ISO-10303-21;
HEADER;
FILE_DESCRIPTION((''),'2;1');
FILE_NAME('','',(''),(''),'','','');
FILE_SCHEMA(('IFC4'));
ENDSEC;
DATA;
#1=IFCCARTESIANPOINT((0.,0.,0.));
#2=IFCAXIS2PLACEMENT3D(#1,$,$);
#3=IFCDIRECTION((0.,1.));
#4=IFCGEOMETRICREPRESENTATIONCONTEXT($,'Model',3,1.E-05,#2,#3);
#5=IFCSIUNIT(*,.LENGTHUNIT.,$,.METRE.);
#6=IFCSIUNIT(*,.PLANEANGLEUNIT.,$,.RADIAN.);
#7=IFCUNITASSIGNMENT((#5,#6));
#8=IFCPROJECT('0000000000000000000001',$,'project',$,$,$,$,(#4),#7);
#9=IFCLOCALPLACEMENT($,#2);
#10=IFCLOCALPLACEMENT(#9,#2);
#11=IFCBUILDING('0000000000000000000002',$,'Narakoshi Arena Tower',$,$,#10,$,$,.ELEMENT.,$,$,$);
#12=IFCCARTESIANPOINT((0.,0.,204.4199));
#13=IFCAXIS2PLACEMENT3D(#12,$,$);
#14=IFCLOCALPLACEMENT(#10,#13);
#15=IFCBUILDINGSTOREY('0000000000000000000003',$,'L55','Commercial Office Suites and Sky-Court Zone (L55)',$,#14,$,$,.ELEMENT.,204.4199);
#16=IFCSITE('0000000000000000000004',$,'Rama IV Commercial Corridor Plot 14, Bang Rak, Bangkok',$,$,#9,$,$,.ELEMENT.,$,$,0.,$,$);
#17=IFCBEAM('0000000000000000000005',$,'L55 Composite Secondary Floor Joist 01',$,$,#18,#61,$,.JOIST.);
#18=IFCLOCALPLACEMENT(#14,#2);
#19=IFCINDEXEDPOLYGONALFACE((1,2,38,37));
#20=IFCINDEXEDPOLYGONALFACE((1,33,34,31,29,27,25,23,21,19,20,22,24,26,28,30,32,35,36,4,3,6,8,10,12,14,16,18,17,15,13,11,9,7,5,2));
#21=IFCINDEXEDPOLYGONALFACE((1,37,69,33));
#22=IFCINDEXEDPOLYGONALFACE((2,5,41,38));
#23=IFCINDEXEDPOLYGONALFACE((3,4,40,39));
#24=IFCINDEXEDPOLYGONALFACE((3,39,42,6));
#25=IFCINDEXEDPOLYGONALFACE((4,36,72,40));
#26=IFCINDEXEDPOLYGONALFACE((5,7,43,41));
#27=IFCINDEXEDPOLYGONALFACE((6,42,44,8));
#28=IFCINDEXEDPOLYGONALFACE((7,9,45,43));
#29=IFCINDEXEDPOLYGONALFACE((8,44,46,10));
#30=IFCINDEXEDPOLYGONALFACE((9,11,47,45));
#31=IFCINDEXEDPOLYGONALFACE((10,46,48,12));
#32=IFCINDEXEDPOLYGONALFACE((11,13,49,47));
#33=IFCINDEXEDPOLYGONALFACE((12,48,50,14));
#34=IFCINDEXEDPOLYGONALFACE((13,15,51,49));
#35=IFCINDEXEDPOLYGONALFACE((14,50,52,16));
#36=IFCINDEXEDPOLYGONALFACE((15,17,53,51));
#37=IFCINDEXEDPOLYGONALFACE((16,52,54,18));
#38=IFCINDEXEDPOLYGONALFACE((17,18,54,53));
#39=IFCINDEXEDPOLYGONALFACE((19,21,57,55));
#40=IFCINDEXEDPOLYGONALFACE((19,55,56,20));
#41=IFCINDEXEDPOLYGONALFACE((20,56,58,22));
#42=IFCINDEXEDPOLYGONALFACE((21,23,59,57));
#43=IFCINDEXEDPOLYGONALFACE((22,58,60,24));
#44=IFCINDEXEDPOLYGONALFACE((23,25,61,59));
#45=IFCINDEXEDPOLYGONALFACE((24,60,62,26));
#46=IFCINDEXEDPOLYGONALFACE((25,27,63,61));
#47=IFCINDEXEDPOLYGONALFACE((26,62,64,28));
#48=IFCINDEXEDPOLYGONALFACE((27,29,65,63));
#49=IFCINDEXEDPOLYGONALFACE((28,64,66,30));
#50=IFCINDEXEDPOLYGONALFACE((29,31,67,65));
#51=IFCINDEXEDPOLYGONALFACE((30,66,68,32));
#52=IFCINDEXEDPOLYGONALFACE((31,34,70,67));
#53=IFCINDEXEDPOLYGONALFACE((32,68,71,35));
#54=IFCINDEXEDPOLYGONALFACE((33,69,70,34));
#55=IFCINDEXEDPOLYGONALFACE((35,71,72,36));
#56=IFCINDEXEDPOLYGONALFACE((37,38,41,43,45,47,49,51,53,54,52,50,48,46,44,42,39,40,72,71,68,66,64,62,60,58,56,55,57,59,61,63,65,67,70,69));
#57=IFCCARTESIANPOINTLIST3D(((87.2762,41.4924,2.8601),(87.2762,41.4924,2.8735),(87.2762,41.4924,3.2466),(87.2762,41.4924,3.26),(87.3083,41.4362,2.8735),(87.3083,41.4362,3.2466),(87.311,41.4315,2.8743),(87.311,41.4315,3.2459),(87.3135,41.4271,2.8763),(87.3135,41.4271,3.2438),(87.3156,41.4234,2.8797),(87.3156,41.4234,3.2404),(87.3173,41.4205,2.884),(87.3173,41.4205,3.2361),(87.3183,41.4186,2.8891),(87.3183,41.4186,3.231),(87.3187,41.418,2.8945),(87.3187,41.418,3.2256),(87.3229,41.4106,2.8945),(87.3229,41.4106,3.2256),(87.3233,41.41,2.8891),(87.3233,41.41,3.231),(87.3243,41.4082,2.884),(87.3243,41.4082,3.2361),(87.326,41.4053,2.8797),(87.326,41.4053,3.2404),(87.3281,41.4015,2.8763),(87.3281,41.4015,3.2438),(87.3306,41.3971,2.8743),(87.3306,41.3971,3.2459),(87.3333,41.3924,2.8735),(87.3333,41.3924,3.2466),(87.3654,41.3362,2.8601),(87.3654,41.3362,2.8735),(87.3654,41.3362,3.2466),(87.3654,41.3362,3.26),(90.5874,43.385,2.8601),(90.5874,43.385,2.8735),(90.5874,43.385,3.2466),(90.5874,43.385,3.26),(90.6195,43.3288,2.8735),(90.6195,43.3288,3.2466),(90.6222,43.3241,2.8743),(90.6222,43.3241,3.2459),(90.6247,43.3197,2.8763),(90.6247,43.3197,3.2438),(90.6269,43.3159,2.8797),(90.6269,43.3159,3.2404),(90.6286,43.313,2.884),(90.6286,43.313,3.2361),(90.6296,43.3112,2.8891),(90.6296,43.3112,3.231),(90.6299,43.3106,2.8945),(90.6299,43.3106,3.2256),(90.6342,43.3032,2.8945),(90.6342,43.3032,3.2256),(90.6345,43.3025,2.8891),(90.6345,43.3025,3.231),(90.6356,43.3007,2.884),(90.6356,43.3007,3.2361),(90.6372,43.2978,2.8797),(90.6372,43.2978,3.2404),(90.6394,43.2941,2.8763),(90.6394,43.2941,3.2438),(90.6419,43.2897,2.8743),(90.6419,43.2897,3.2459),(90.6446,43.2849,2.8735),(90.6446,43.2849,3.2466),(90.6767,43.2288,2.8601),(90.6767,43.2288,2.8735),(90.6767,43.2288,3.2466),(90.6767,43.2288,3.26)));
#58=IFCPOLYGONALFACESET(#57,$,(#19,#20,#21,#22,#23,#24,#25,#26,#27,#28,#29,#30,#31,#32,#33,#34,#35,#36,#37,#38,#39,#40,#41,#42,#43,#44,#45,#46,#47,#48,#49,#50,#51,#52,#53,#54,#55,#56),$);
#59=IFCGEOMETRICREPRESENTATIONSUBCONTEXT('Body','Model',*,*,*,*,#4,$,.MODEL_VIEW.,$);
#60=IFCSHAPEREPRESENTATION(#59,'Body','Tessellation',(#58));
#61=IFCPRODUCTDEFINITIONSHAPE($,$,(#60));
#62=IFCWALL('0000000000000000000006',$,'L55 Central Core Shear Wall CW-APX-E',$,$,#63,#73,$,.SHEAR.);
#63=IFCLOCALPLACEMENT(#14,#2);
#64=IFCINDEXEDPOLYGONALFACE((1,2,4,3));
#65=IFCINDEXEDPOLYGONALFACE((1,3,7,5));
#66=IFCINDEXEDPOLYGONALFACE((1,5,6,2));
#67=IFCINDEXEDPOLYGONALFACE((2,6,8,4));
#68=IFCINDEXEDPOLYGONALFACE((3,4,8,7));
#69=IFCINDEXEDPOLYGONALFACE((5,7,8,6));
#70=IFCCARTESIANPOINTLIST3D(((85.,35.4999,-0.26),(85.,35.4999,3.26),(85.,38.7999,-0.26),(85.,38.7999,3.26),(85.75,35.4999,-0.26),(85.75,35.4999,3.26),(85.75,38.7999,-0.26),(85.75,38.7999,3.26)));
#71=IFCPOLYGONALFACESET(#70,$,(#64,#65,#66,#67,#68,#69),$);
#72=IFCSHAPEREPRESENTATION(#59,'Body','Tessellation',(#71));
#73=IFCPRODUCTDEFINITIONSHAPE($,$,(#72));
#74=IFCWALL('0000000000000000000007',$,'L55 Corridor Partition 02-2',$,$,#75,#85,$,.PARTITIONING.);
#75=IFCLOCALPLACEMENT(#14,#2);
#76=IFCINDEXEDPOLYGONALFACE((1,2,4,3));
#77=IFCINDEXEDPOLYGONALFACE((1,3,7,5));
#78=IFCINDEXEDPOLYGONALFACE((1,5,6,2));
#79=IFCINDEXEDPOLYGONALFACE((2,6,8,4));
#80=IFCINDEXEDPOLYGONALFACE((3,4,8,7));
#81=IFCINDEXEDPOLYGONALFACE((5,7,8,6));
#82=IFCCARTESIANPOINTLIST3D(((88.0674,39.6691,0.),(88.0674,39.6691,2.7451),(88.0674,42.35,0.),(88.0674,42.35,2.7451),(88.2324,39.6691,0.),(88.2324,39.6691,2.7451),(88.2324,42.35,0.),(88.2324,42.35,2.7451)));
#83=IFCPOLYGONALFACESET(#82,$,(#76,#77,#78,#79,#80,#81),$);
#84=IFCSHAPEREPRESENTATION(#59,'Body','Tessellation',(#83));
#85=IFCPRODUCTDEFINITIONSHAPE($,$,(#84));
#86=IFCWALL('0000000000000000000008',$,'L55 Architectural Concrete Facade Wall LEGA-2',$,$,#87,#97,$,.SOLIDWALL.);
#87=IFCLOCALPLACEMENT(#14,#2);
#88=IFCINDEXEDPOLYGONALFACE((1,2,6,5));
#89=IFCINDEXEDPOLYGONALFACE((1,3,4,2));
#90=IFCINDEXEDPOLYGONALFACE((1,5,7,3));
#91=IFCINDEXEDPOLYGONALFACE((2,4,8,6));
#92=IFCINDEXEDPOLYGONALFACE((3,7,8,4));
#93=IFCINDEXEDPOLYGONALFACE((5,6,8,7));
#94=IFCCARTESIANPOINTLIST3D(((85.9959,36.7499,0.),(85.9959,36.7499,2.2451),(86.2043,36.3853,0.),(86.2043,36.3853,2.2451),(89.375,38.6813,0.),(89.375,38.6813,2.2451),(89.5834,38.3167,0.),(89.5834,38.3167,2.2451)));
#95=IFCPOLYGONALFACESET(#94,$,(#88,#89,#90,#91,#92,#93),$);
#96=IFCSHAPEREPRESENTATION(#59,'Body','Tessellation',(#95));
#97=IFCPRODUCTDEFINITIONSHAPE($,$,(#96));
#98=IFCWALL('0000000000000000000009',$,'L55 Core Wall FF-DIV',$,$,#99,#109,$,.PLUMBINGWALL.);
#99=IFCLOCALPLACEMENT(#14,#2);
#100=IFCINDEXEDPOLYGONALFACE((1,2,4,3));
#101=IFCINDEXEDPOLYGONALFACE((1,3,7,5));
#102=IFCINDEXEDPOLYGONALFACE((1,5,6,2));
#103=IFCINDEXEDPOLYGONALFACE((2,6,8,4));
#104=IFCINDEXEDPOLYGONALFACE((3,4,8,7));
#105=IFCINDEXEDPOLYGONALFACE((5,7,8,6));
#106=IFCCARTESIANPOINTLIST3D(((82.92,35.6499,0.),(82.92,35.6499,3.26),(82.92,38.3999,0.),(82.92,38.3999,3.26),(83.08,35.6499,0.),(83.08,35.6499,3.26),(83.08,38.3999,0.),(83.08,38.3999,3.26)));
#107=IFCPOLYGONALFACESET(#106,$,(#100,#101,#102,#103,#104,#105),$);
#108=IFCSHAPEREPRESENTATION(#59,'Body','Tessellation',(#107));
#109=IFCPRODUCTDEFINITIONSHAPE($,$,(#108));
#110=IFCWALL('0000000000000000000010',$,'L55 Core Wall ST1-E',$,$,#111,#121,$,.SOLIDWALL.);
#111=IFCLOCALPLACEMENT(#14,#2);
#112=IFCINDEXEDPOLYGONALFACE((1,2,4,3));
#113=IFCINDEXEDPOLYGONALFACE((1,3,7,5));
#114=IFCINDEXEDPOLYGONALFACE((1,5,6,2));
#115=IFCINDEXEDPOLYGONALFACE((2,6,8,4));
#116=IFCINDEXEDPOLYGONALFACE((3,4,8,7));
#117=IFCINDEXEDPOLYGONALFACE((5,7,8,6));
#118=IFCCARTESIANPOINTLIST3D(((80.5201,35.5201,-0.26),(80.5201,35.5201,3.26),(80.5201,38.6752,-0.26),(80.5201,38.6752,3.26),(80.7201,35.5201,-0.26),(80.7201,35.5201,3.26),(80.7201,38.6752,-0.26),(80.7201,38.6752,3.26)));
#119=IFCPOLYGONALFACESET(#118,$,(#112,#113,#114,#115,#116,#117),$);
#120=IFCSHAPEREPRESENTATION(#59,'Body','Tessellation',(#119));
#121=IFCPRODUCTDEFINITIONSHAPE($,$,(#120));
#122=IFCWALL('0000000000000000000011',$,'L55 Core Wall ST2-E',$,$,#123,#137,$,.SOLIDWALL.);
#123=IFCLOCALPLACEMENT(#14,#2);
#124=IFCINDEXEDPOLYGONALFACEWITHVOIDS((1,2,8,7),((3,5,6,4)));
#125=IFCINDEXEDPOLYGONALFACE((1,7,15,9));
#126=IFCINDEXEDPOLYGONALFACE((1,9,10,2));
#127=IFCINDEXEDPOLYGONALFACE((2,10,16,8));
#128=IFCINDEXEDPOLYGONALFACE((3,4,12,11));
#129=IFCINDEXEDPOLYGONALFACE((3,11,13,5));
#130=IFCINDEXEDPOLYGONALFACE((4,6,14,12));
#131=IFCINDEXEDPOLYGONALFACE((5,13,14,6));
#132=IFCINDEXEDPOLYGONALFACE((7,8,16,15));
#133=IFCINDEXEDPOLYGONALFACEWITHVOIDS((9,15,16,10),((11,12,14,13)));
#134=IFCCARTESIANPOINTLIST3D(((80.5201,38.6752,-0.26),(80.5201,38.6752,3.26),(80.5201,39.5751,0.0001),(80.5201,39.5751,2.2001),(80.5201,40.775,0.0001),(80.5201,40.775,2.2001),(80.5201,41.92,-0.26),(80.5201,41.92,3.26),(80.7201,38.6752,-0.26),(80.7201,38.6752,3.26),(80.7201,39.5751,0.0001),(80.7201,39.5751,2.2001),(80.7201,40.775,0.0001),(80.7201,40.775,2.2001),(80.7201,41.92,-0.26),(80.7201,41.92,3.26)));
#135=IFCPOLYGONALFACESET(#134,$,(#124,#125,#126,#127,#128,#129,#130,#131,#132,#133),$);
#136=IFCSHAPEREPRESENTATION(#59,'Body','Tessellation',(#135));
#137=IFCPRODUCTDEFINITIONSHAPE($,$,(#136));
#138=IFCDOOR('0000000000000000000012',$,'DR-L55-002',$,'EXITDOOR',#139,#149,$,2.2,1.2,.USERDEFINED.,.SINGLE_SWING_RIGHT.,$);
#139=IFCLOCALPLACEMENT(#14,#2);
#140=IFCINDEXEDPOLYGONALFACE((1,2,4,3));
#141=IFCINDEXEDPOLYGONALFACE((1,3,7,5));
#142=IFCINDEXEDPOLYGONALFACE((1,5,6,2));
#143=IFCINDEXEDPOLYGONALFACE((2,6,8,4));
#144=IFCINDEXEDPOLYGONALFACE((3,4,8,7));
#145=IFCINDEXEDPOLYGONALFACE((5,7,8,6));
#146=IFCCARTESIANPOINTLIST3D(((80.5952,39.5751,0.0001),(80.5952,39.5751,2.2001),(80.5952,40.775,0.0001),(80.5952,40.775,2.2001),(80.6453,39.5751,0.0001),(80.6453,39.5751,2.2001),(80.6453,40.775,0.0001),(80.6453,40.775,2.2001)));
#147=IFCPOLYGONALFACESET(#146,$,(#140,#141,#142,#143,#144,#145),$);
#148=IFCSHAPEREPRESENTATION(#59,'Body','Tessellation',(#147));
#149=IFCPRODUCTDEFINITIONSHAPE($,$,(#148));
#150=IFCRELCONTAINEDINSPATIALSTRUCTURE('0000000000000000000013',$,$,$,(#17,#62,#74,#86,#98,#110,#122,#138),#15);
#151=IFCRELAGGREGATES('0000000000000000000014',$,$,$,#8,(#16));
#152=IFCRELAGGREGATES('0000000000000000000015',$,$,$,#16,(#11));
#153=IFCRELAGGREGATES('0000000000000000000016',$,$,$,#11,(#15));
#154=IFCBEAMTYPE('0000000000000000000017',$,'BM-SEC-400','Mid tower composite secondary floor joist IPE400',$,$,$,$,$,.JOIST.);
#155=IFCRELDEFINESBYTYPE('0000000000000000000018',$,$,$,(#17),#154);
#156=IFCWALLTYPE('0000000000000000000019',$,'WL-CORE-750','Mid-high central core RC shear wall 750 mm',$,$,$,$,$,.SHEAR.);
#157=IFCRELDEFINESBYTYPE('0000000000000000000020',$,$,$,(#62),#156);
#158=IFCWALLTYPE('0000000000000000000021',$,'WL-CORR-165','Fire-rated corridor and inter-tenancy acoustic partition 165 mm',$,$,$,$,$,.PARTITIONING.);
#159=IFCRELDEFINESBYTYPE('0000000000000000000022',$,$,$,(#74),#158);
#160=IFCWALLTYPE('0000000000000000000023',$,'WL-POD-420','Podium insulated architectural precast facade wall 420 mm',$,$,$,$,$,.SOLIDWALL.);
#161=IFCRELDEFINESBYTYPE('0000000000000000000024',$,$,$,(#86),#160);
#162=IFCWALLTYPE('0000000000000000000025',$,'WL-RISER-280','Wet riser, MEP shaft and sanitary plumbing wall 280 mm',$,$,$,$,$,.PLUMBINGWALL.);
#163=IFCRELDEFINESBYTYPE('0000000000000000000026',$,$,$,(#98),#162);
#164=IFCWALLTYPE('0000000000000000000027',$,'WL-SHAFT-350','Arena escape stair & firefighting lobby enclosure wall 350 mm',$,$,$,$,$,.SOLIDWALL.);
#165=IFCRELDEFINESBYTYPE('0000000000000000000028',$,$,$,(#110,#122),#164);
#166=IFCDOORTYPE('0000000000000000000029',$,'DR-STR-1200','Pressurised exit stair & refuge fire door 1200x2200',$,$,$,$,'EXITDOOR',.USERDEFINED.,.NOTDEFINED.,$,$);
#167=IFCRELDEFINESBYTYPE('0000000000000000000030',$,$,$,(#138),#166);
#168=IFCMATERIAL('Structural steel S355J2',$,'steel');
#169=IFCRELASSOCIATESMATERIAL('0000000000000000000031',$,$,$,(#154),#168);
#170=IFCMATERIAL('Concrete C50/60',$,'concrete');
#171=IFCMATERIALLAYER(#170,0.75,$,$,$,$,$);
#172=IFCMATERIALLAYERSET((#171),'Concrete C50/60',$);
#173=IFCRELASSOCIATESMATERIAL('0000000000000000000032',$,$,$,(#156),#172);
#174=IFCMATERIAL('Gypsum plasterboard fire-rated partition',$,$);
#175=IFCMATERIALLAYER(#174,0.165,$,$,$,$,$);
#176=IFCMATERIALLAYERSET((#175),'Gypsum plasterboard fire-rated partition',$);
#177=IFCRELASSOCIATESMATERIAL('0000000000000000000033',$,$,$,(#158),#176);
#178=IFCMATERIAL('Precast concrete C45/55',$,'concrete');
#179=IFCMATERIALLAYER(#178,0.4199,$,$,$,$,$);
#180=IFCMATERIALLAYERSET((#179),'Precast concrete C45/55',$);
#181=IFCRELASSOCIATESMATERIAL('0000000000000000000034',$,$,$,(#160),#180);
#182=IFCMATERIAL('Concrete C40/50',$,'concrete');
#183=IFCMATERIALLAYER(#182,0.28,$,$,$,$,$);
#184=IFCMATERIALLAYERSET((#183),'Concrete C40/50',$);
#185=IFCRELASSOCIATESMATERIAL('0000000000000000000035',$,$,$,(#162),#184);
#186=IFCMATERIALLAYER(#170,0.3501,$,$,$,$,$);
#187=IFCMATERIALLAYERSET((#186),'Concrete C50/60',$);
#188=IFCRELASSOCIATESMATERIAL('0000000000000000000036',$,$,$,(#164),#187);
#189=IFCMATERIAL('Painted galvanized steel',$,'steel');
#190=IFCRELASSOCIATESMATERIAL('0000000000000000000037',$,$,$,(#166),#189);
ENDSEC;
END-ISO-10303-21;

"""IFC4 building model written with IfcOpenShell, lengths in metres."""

from ifc_helpers import new_model, si_unit, direction, frame, frame_2d, origin, origin_2d, place, context, subcontext, project, spatial, rectangle, i_section, extrude, material, layer, layer_set, material_profile, profile_set, type_object, element, fill, save


model = new_model("IFC4")

# Units and contexts
model_context = context("Model", 3, precision=1e-05, world=origin(), true_north=direction((0.0, 1.0)))
body_context = subcontext(model_context, "Body", "Model", "MODEL_VIEW")
ifc_project = project(units=[si_unit("LENGTHUNIT", "METRE"), si_unit("PLANEANGLEUNIT", "RADIAN")], contexts=[model_context])

# Site, building, storey
site_placement = place(None, origin())
site = spatial("IfcSite", under=ifc_project, at=site_placement, Name="Rama IV Commercial Corridor Plot 14, Bang Rak, Bangkok", CompositionType="ELEMENT", RefElevation=0.0)
building_placement = place(site_placement, origin())
building = spatial("IfcBuilding", under=site, at=building_placement, Name="Narakoshi Arena Tower", CompositionType="ELEMENT")
storey_placement = place(building_placement, frame((0.0, 0.0, 204.4199)))
storey = spatial("IfcBuildingStorey", under=building, at=storey_placement, Name="L55", Description="Commercial Office Suites and Sky-Court Zone (L55)", CompositionType="ELEMENT", Elevation=204.4199)

# Beam
ifc_material_1 = material(Name="Structural steel S355J2", Category="steel")
ifc_material_profile = material_profile(ifc_material_1, i_section(OverallWidth=0.1799, OverallDepth=0.3999, WebThickness=0.0085, FlangeThickness=0.0134, FilletRadius=0.021, at=origin_2d()), Name="IPE400")
ifc_profile_set = profile_set([ifc_material_profile], Name="Structural steel S355J2")
beam_type = type_object("IfcBeamType", Name="BM-SEC-400", Description="Mid tower composite secondary floor joist IPE400", PredefinedType="JOIST", material=ifc_profile_set)
beam_placement = place(storey_placement, frame((87.3208, 41.4143, 3.0601), z_axis=(0.868196, 0.496222, 0.0), x_axis=(-0.496222, 0.868196, 0.0)))
element("IfcBeam", 1, at=beam_placement, inside=storey, type_object=beam_type, Name="L55 Composite Secondary Floor Joist 01", PredefinedType="JOIST", context=body_context, shape_type="SweptSolid", body=[
    extrude(i_section(OverallWidth=0.1799, OverallDepth=0.3999, WebThickness=0.0085, FlangeThickness=0.0134, FilletRadius=0.021, at=origin_2d()), origin(), (0.0, 0.0, 1.0), 3.814),
])

# Walls
ifc_material_2 = material(Name="Concrete C50/60", Category="concrete")
ifc_layer_1 = layer(ifc_material_2, 0.75)
ifc_layer_set_1 = layer_set([ifc_layer_1], Name="Concrete C50/60")
wall_type_1 = type_object("IfcWallType", Name="WL-CORE-750", Description="Mid-high central core RC shear wall 750 mm", PredefinedType="SHEAR", material=ifc_layer_set_1)
wall_1_placement = place(storey_placement, frame((85.375, 35.5, -0.26), z_axis=(0.0, 0.0, 1.0), x_axis=(0.0, 1.0, 0.0)))
element("IfcWall", 2, at=wall_1_placement, inside=storey, type_object=wall_type_1, Name="L55 Central Core Shear Wall CW-APX-E", PredefinedType="SHEAR", context=body_context, shape_type="SweptSolid", body=[
    extrude(rectangle(XDim=3.3, YDim=0.75, at=frame_2d((1.6499, 0.0))), origin(), (0.0, 0.0, 1.0), 3.52),
])
ifc_material_3 = material(Name="Gypsum plasterboard fire-rated partition")
ifc_layer_2 = layer(ifc_material_3, 0.165)
ifc_layer_set_2 = layer_set([ifc_layer_2], Name="Gypsum plasterboard fire-rated partition")
wall_type_2 = type_object("IfcWallType", Name="WL-CORR-165", Description="Fire-rated corridor and inter-tenancy acoustic partition 165 mm", PredefinedType="PARTITIONING", material=ifc_layer_set_2)
wall_2_placement = place(storey_placement, frame((88.1499, 39.6692, 0.0), z_axis=(0.0, 0.0, 1.0), x_axis=(0.0, 1.0, 0.0)))
element("IfcWall", 3, at=wall_2_placement, inside=storey, type_object=wall_type_2, Name="L55 Corridor Partition 02-2", PredefinedType="PARTITIONING", context=body_context, shape_type="SweptSolid", body=[
    extrude(rectangle(XDim=2.6809, YDim=0.165, at=frame_2d((1.3403, 0.0))), origin(), (0.0, 0.0, 1.0), 2.7451),
])
ifc_material_4 = material(Name="Precast concrete C45/55", Category="concrete")
ifc_layer_3 = layer(ifc_material_4, 0.4199)
ifc_layer_set_3 = layer_set([ifc_layer_3], Name="Precast concrete C45/55")
wall_type_3 = type_object("IfcWallType", Name="WL-POD-420", Description="Podium insulated architectural precast facade wall 420 mm", PredefinedType="SOLIDWALL", material=ifc_layer_set_3)
wall_3_placement = place(storey_placement, frame((86.1001, 36.5676, 0.0), z_axis=(0.0, 0.0, 1.0), x_axis=(0.868193, 0.496227, 0.0)))
element("IfcWall", 4, at=wall_3_placement, inside=storey, type_object=wall_type_3, Name="L55 Architectural Concrete Facade Wall LEGA-2", PredefinedType="SOLIDWALL", context=body_context, shape_type="SweptSolid", body=[
    extrude(rectangle(XDim=3.8921, YDim=0.4199, at=frame_2d((1.946, 0.0))), origin(), (0.0, 0.0, 1.0), 2.2451),
])
ifc_material_5 = material(Name="Concrete C40/50", Category="concrete")
ifc_layer_4 = layer(ifc_material_5, 0.28)
ifc_layer_set_4 = layer_set([ifc_layer_4], Name="Concrete C40/50")
wall_type_4 = type_object("IfcWallType", Name="WL-RISER-280", Description="Wet riser, MEP shaft and sanitary plumbing wall 280 mm", PredefinedType="PLUMBINGWALL", material=ifc_layer_set_4)
wall_4_placement = place(storey_placement, frame((83.0, 35.6499, 0.0), z_axis=(0.0, 0.0, 1.0), x_axis=(0.0, 1.0, 0.0)))
element("IfcWall", 5, at=wall_4_placement, inside=storey, type_object=wall_type_4, Name="L55 Core Wall FF-DIV", PredefinedType="PLUMBINGWALL", context=body_context, shape_type="SweptSolid", body=[
    extrude(rectangle(XDim=2.75, YDim=0.1599, at=frame_2d((1.375, 0.0))), origin(), (0.0, 0.0, 1.0), 3.26),
])
ifc_layer_5 = layer(ifc_material_2, 0.3501)
ifc_layer_set_5 = layer_set([ifc_layer_5], Name="Concrete C50/60")
wall_type_5 = type_object("IfcWallType", Name="WL-SHAFT-350", Description="Arena escape stair & firefighting lobby enclosure wall 350 mm", PredefinedType="SOLIDWALL", material=ifc_layer_set_5)
wall_5_placement = place(storey_placement, frame((80.6201, 35.52, -0.26), z_axis=(0.0, 0.0, 1.0), x_axis=(0.0, 1.0, 0.0)))
element("IfcWall", 6, at=wall_5_placement, inside=storey, type_object=wall_type_5, Name="L55 Core Wall ST1-E", PredefinedType="SOLIDWALL", context=body_context, shape_type="SweptSolid", body=[
    extrude(rectangle(XDim=3.155, YDim=0.2, at=frame_2d((1.5776, 0.0))), origin(), (0.0, 0.0, 1.0), 3.52),
])

# Wall, opening, door
wall_6_placement = place(storey_placement, frame((80.6201, 38.675, -0.26), z_axis=(0.0, 0.0, 1.0), x_axis=(0.0, 1.0, 0.0)))
wall_6 = element("IfcWall", 7, at=wall_6_placement, inside=storey, type_object=wall_type_5, Name="L55 Core Wall ST2-E", PredefinedType="SOLIDWALL", context=body_context, shape_type="SweptSolid", body=[
    extrude(rectangle(XDim=3.2449, YDim=0.2, at=frame_2d((1.6226, 0.0))), origin(), (0.0, 0.0, 1.0), 3.52),
])
opening_1_placement = place(wall_6_placement, frame((0.8999, 0.0, 0.26)))
opening_1 = element("IfcOpeningElement", 8, at=opening_1_placement, cuts=wall_6, PredefinedType="OPENING", context=body_context, shape_type="SweptSolid", body=[
    extrude(rectangle(XDim=1.2, YDim=2.2, at=frame_2d((0.6001, 1.1001))), frame((0.0, 0.1099, 0.0), z_axis=(0.0, -1.0, 0.0), x_axis=(1.0, 0.0, 0.0)), (0.0, 0.0, 1.0), 0.22),
])
ifc_material_6 = material(Name="Painted galvanized steel", Category="steel")
door_type_1 = type_object("IfcDoorType", Name="DR-STR-1200", Description="Pressurised exit stair & refuge fire door 1200x2200", ElementType="EXITDOOR", OperationType="NOTDEFINED", PredefinedType="USERDEFINED", material=ifc_material_6)
door_1_placement = place(opening_1_placement, origin())
door_1 = element("IfcDoor", 9, at=door_1_placement, inside=storey, type_object=door_type_1, Name="DR-L55-002", ObjectType="EXITDOOR", OperationType="SINGLE_SWING_RIGHT", OverallHeight=2.2, OverallWidth=1.2, PredefinedType="USERDEFINED", context=body_context, shape_type="SweptSolid", body=[
    extrude(rectangle(XDim=1.2, YDim=2.2, at=frame_2d((0.6001, 1.1001))), frame((0.0, 0.0249, 0.0), z_axis=(0.0, -1.0, 0.0), x_axis=(1.0, 0.0, 0.0)), (0.0, 0.0, 1.0), 0.05),
])
fill(opening_1, door_1)

save(model, "model.ifc")
